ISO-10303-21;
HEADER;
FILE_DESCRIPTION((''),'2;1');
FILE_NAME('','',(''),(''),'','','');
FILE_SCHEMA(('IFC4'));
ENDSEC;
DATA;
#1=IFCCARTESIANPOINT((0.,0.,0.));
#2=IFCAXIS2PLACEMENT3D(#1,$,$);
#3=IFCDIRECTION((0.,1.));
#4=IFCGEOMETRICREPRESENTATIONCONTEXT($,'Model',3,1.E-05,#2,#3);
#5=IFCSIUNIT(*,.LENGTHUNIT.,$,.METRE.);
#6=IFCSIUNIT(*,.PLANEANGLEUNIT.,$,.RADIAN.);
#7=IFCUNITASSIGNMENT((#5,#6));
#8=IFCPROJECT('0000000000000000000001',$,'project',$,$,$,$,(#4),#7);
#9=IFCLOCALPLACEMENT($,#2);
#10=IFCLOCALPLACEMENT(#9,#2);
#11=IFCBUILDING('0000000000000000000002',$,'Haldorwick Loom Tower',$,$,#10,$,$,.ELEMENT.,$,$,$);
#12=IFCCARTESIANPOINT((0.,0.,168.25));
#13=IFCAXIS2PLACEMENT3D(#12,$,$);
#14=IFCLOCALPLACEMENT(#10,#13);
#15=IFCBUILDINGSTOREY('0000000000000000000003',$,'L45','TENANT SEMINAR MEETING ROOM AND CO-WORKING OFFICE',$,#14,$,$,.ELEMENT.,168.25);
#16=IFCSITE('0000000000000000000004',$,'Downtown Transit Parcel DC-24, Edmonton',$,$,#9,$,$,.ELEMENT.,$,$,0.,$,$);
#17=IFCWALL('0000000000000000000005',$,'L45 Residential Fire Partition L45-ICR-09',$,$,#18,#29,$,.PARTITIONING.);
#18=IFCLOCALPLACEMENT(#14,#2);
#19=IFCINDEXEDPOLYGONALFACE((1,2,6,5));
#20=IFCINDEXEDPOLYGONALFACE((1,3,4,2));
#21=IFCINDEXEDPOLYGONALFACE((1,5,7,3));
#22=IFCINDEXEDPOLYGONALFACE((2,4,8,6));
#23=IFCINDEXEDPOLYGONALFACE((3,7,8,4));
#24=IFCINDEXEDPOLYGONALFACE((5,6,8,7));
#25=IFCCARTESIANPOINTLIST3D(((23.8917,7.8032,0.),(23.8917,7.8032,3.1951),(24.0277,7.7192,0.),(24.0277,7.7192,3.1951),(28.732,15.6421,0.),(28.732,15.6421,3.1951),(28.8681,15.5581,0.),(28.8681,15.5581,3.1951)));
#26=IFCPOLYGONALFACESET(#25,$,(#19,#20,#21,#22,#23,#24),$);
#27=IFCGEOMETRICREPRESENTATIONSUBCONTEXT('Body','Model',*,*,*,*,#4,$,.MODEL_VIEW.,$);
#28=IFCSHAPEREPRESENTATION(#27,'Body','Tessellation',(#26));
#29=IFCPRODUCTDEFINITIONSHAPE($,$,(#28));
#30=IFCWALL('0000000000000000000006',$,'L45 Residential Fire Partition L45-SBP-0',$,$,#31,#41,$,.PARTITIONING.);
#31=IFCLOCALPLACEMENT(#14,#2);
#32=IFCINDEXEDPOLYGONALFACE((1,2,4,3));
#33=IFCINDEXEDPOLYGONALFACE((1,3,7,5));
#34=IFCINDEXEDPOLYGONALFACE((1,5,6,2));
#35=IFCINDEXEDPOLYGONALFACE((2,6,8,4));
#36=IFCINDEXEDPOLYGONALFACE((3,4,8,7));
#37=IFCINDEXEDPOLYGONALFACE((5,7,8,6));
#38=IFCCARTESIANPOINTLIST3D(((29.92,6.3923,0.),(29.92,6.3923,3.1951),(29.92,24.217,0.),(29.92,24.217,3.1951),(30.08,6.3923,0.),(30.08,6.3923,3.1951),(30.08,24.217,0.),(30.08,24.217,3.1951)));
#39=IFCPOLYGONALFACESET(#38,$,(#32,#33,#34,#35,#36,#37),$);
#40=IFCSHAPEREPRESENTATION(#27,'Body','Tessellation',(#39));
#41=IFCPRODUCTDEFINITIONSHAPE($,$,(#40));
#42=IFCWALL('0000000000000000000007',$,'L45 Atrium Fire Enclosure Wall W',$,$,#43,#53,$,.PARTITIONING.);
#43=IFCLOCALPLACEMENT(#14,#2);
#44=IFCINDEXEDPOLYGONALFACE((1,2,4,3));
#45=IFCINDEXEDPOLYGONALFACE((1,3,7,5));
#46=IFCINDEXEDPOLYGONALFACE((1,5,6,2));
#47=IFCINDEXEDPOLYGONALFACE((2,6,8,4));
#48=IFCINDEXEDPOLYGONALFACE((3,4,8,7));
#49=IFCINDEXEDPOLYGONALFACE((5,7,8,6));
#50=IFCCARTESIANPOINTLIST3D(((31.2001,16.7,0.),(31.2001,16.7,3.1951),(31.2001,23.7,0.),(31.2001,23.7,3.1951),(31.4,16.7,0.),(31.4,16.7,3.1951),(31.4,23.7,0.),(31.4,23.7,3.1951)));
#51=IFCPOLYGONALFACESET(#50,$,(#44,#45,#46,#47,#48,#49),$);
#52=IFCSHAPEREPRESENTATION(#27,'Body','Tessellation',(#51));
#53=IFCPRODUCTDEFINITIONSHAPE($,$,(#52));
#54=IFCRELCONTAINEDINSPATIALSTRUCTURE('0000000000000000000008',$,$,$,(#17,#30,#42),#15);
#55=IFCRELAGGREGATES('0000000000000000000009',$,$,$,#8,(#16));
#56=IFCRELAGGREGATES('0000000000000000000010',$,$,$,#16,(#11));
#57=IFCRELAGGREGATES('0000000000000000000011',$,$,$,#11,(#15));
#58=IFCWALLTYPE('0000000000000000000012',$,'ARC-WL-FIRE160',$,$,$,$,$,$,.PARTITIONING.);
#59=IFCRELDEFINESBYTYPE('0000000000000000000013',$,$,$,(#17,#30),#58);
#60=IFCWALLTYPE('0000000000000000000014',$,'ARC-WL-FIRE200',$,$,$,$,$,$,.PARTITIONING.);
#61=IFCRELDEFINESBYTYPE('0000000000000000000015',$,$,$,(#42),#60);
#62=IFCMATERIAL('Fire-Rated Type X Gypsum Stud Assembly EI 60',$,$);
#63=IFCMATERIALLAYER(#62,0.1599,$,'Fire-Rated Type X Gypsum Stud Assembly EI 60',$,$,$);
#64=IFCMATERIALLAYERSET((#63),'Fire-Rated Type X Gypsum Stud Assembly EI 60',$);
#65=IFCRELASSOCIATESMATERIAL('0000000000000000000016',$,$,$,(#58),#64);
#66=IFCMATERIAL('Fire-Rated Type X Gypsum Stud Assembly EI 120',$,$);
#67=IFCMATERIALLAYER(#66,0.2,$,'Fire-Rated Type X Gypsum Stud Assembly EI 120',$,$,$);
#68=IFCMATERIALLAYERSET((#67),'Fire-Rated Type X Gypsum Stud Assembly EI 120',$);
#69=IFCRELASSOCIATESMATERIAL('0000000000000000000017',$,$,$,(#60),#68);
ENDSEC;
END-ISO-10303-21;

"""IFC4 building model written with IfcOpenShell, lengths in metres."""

from ifc_helpers import new_model, si_unit, direction, frame, frame_2d, origin, place, context, subcontext, project, spatial, rectangle, extrude, material, layer, layer_set, type_object, element, save


model = new_model("IFC4")

# Units and contexts
model_context = context("Model", 3, precision=1e-05, world=origin(), true_north=direction((0.0, 1.0)))
body_context = subcontext(model_context, "Body", "Model", "MODEL_VIEW")
ifc_project = project(units=[si_unit("LENGTHUNIT", "METRE"), si_unit("PLANEANGLEUNIT", "RADIAN")], contexts=[model_context])

# Site, building, storey
site_placement = place(None, origin())
site = spatial("IfcSite", under=ifc_project, at=site_placement, Name="Downtown Transit Parcel DC-24, Edmonton", CompositionType="ELEMENT", RefElevation=0.0)
building_placement = place(site_placement, origin())
building = spatial("IfcBuilding", under=site, at=building_placement, Name="Haldorwick Loom Tower", CompositionType="ELEMENT")
storey_placement = place(building_placement, frame((0.0, 0.0, 168.25)))
storey = spatial("IfcBuildingStorey", under=building, at=storey_placement, Name="L45", Description="TENANT SEMINAR MEETING ROOM AND CO-WORKING OFFICE", CompositionType="ELEMENT", Elevation=168.25)

# Walls
ifc_material_1 = material(Name="Fire-Rated Type X Gypsum Stud Assembly EI 60")
ifc_layer_1 = layer(ifc_material_1, 0.1599, Name="Fire-Rated Type X Gypsum Stud Assembly EI 60")
ifc_layer_set_1 = layer_set([ifc_layer_1], Name="Fire-Rated Type X Gypsum Stud Assembly EI 60")
wall_type_1 = type_object("IfcWallType", Name="ARC-WL-FIRE160", PredefinedType="PARTITIONING", material=ifc_layer_set_1)
wall_1_placement = place(storey_placement, frame((28.8, 15.6001, 0.0), z_axis=(0.0, 0.0, 1.0), x_axis=(-0.525389, -0.850862, 0.0)))
element("IfcWall", 1, at=wall_1_placement, inside=storey, type_object=wall_type_1, Name="L45 Residential Fire Partition L45-ICR-09", PredefinedType="PARTITIONING", context=body_context, shape_type="SweptSolid", body=[
    extrude(rectangle(XDim=9.2129, YDim=0.1599, at=frame_2d((4.6064, 0.0))), origin(), (0.0, 0.0, 1.0), 3.1951),
])
wall_2_placement = place(storey_placement, frame((30.0, 6.3923, 0.0), z_axis=(0.0, 0.0, 1.0), x_axis=(0.0, 1.0, 0.0)))
element("IfcWall", 2, at=wall_2_placement, inside=storey, type_object=wall_type_1, Name="L45 Residential Fire Partition L45-SBP-0", PredefinedType="PARTITIONING", context=body_context, shape_type="SweptSolid", body=[
    extrude(rectangle(XDim=17.8247, YDim=0.1599, at=frame_2d((8.9124, 0.0))), origin(), (0.0, 0.0, 1.0), 3.1951),
])
ifc_material_2 = material(Name="Fire-Rated Type X Gypsum Stud Assembly EI 120")
ifc_layer_2 = layer(ifc_material_2, 0.2, Name="Fire-Rated Type X Gypsum Stud Assembly EI 120")
ifc_layer_set_2 = layer_set([ifc_layer_2], Name="Fire-Rated Type X Gypsum Stud Assembly EI 120")
wall_type_2 = type_object("IfcWallType", Name="ARC-WL-FIRE200", PredefinedType="PARTITIONING", material=ifc_layer_set_2)
wall_3_placement = place(storey_placement, frame((31.3, 16.7, 0.0), z_axis=(0.0, 0.0, 1.0), x_axis=(0.0, 1.0, 0.0)))
element("IfcWall", 3, at=wall_3_placement, inside=storey, type_object=wall_type_2, Name="L45 Atrium Fire Enclosure Wall W", PredefinedType="PARTITIONING", context=body_context, shape_type="SweptSolid", body=[
    extrude(rectangle(XDim=7.0, YDim=0.2, at=frame_2d((3.5, 0.0))), origin(), (0.0, 0.0, 1.0), 3.1951),
])

save(model, "model.ifc")
